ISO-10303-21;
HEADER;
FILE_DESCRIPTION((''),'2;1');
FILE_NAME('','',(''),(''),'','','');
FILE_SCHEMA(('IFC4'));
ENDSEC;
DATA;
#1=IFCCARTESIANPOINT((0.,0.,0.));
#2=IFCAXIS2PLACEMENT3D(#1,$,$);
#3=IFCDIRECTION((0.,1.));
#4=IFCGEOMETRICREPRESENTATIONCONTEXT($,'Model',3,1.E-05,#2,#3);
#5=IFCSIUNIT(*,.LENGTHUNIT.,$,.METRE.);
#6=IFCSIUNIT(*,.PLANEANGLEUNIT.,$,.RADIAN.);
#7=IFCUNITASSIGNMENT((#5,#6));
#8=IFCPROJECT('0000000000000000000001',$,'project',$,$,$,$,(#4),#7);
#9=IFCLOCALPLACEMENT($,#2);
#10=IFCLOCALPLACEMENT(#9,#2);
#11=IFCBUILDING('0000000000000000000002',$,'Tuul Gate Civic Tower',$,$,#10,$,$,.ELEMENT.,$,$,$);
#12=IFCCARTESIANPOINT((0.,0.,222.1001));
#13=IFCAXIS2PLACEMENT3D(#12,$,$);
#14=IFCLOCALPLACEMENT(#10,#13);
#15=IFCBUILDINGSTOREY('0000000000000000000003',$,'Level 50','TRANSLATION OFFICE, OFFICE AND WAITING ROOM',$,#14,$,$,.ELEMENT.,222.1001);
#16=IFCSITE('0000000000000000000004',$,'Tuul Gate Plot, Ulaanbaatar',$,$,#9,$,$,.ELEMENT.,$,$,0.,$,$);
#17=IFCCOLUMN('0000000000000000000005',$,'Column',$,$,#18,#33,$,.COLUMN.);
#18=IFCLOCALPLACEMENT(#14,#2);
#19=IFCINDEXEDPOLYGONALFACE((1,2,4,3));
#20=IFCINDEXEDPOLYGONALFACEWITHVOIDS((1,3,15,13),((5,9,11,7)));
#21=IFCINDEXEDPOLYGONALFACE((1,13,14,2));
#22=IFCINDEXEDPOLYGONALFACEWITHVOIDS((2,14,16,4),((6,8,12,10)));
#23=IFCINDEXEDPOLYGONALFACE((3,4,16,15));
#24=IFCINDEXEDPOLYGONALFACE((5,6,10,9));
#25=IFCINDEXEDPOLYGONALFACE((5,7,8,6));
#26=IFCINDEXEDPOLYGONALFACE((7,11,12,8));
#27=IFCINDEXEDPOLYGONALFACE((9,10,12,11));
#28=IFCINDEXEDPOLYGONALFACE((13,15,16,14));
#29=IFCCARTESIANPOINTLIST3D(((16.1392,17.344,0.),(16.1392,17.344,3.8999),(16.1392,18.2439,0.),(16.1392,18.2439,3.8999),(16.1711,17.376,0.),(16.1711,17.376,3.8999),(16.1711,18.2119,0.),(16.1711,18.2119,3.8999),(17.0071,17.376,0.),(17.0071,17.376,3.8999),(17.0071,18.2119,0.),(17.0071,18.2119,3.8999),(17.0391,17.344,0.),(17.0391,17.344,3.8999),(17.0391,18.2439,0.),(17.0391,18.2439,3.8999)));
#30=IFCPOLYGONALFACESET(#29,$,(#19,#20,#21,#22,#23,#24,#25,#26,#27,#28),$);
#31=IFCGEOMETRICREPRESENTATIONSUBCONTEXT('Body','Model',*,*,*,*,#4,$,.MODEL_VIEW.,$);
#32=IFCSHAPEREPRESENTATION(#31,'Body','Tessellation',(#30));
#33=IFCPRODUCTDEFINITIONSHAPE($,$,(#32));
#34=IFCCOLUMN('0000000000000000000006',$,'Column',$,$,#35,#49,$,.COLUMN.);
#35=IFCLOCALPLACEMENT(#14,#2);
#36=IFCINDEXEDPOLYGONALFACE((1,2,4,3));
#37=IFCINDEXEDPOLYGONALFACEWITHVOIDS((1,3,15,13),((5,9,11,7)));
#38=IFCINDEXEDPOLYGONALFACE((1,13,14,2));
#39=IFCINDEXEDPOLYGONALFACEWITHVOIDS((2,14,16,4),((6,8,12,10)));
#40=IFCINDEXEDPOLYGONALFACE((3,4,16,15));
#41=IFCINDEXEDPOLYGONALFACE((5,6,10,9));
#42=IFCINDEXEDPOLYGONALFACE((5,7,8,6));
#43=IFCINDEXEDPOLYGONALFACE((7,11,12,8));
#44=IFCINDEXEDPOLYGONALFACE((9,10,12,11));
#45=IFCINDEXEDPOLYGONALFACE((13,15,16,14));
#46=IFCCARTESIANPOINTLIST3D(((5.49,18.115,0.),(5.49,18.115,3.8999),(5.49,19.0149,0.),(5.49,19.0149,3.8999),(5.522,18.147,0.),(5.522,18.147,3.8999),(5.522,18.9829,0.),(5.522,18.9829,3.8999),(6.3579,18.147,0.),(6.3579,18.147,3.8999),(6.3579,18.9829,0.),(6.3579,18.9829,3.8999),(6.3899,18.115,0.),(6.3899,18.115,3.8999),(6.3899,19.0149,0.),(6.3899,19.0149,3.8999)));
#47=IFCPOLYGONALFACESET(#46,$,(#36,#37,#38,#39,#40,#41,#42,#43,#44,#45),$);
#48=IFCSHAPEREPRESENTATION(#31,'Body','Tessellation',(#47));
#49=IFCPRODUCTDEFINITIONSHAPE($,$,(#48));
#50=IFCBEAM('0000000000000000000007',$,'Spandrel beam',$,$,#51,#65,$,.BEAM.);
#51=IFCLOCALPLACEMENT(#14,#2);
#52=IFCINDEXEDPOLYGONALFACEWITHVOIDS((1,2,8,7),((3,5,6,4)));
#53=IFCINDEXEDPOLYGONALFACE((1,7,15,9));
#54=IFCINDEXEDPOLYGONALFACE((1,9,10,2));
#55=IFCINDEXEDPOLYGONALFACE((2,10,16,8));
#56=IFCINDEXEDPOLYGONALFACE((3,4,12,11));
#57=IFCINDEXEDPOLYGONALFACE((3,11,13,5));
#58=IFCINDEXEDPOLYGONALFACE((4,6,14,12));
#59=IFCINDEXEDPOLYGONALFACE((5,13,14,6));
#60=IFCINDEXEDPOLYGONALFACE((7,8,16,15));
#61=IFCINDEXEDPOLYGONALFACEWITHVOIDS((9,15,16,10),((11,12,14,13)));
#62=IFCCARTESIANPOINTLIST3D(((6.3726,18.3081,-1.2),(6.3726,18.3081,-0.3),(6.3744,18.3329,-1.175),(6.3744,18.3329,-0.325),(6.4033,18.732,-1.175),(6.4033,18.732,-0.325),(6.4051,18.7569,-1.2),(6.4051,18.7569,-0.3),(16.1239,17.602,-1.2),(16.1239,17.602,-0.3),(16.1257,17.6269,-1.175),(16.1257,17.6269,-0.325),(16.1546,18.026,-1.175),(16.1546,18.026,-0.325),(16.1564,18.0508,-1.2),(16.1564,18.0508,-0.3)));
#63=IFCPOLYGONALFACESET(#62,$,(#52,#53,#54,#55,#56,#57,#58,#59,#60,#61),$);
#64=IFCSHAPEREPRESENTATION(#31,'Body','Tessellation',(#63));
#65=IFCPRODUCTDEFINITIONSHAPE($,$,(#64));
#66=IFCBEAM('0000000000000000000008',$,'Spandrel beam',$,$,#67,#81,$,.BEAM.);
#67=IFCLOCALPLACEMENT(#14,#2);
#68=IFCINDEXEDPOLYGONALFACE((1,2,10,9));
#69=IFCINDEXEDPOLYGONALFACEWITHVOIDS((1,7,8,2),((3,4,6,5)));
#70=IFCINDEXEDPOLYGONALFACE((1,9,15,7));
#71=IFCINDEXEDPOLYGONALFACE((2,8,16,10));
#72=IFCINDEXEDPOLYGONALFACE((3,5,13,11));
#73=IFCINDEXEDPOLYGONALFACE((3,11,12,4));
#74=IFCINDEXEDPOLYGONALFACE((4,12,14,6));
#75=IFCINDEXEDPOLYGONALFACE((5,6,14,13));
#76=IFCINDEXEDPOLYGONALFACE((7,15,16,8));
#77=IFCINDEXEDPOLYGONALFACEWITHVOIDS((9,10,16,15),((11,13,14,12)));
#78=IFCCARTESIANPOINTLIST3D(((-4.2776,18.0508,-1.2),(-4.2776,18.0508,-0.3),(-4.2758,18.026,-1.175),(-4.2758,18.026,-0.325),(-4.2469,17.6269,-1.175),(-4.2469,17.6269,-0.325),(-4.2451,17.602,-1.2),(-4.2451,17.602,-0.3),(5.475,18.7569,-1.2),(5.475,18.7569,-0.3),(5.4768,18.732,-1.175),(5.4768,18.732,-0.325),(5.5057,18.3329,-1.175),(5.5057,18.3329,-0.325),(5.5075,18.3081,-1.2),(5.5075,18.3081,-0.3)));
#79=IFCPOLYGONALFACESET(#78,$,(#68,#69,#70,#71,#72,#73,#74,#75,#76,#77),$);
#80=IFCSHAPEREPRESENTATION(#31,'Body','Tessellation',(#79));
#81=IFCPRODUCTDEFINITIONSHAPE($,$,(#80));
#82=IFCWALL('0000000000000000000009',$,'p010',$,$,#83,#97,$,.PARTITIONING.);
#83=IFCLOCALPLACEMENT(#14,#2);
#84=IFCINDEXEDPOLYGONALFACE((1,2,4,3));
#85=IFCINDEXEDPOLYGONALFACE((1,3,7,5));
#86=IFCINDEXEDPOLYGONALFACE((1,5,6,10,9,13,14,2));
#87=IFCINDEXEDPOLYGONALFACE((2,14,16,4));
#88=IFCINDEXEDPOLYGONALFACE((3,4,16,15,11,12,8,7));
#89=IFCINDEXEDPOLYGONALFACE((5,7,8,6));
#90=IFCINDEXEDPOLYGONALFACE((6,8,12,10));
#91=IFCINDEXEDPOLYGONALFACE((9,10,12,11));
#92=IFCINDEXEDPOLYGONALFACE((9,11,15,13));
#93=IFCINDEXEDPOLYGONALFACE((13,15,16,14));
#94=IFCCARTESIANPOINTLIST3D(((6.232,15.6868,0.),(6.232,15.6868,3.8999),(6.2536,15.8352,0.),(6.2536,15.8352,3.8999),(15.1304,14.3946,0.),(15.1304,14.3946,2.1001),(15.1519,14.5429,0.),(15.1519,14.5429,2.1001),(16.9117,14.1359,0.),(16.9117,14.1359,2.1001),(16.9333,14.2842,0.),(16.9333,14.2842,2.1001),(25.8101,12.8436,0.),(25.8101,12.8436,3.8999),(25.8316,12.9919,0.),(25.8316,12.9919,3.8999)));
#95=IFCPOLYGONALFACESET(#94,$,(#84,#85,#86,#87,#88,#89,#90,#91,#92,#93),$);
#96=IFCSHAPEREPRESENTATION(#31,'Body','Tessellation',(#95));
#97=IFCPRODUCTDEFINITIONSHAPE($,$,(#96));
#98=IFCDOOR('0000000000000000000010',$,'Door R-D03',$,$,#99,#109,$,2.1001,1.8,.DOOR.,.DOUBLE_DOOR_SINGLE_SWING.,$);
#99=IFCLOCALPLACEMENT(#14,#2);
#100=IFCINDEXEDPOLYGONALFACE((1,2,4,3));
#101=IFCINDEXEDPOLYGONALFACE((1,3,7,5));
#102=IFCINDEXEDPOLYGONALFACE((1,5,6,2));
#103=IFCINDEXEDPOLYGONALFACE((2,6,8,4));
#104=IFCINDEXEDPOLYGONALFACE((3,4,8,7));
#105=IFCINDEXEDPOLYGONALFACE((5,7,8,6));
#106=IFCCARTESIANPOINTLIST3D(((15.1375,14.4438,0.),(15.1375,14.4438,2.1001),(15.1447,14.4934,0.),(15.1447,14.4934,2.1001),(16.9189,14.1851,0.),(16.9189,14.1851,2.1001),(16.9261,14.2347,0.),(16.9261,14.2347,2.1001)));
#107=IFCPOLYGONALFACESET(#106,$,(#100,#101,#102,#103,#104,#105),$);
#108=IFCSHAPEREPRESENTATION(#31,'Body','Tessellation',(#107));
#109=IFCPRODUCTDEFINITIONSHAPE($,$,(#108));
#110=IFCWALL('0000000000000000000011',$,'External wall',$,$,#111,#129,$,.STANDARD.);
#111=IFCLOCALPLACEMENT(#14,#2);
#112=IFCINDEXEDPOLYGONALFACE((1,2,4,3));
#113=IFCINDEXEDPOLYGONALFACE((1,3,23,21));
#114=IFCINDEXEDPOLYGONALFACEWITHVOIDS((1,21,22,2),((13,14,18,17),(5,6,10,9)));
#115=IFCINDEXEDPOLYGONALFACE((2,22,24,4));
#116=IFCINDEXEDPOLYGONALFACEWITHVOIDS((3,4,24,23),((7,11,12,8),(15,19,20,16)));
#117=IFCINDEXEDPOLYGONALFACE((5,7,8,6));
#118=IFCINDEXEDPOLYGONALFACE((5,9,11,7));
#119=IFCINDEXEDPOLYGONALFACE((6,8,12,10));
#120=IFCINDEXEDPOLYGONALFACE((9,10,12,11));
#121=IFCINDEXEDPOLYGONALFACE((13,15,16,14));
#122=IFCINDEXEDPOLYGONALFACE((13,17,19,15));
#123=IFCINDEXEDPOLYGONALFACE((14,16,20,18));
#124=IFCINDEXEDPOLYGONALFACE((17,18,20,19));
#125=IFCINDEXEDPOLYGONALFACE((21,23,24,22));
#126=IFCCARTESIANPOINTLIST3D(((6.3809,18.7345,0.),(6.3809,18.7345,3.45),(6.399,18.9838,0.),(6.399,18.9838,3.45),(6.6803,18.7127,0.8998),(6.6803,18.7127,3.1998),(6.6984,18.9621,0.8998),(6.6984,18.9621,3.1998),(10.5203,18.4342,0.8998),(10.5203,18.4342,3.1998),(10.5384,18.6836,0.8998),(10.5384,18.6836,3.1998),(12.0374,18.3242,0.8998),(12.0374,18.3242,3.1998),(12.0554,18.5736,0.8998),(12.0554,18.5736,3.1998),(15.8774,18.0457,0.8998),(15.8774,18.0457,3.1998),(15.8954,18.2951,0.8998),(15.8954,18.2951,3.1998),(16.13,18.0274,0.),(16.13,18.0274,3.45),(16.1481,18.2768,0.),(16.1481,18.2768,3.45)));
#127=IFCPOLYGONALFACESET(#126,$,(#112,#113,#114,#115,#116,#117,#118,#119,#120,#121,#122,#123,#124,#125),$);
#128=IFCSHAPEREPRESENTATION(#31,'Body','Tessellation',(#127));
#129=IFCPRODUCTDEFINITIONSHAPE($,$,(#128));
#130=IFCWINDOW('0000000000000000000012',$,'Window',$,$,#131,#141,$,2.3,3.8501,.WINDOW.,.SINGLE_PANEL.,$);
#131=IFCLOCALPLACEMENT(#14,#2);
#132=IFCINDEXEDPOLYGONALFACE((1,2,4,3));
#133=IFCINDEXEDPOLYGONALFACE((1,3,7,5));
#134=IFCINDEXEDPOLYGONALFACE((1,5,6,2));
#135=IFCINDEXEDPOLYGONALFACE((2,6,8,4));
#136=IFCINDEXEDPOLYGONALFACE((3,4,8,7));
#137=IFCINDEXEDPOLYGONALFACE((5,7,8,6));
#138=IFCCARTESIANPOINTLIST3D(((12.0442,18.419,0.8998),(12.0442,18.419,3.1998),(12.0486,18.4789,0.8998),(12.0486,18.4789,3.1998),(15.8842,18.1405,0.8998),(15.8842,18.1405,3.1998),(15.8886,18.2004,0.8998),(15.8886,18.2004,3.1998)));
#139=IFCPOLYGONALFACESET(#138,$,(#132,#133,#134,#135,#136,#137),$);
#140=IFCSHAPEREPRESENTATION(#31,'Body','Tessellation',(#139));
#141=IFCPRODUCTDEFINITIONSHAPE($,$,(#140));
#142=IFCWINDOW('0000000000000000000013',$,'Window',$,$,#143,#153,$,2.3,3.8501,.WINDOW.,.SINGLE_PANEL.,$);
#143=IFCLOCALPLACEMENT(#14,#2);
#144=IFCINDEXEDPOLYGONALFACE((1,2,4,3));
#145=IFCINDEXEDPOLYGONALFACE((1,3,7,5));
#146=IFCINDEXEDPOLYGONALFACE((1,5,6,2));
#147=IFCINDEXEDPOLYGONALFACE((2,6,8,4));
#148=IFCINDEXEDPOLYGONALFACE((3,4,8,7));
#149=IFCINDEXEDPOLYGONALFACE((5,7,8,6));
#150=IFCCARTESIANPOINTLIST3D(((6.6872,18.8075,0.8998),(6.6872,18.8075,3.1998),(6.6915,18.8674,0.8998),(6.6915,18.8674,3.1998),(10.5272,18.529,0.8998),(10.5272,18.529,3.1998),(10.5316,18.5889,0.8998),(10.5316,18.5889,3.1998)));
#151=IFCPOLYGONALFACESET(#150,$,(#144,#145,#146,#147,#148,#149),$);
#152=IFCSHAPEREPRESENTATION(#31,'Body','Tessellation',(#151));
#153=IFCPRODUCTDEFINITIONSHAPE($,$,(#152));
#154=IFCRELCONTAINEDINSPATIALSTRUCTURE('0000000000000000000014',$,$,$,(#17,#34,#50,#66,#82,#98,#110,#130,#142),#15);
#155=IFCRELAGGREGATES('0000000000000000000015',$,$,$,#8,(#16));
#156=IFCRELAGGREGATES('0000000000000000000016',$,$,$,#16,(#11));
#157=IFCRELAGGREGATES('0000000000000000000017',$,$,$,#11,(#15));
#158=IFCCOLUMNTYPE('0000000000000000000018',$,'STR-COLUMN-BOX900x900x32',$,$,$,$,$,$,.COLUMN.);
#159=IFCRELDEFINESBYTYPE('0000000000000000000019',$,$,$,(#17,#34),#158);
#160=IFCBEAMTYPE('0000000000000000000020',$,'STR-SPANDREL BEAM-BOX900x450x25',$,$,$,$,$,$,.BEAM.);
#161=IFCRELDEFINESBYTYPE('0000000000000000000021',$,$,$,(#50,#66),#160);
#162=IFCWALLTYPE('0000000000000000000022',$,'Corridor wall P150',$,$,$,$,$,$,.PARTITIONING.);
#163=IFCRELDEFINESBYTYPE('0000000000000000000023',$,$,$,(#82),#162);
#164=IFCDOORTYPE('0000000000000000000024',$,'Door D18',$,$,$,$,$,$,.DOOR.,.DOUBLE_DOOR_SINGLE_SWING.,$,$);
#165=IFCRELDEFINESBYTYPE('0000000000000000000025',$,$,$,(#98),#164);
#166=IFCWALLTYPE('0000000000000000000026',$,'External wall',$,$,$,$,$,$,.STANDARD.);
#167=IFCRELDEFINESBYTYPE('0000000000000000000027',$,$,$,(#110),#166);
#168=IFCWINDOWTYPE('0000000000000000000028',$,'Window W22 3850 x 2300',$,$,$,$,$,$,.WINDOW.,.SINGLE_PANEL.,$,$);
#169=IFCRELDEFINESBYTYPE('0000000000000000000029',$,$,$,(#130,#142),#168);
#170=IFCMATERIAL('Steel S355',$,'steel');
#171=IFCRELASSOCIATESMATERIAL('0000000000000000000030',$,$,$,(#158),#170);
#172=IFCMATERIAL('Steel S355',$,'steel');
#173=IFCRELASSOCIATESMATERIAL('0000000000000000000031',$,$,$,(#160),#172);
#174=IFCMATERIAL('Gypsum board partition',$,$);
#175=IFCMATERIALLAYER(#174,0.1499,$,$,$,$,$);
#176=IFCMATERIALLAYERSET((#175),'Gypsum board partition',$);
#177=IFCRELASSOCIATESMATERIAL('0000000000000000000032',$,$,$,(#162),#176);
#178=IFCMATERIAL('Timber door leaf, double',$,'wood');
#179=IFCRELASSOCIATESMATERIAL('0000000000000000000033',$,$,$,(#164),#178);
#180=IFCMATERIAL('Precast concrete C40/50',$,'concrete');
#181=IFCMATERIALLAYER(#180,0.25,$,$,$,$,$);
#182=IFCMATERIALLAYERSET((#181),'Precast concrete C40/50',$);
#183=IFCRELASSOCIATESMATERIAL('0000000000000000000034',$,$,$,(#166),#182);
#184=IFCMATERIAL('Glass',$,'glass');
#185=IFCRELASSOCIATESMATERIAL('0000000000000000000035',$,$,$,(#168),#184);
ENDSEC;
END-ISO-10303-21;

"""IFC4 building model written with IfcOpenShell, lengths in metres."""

from ifc_helpers import new_model, si_unit, direction, frame, frame_2d, origin, origin_2d, place, context, subcontext, project, spatial, rectangle, hollow_rectangle, extrude, material, layer, layer_set, material_profile, profile_set, type_object, element, fill, save


model = new_model("IFC4")

# Units and contexts
model_context = context("Model", 3, precision=1e-05, world=origin(), true_north=direction((0.0, 1.0)))
body_context = subcontext(model_context, "Body", "Model", "MODEL_VIEW")
ifc_project = project(units=[si_unit("LENGTHUNIT", "METRE"), si_unit("PLANEANGLEUNIT", "RADIAN")], contexts=[model_context])

# Site, building, storey
site_placement = place(None, origin())
site = spatial("IfcSite", under=ifc_project, at=site_placement, Name="Tuul Gate Plot, Ulaanbaatar", CompositionType="ELEMENT", RefElevation=0.0)
building_placement = place(site_placement, origin())
building = spatial("IfcBuilding", under=site, at=building_placement, Name="Tuul Gate Civic Tower", CompositionType="ELEMENT")
storey_placement = place(building_placement, frame((0.0, 0.0, 222.1001)))
storey = spatial("IfcBuildingStorey", under=building, at=storey_placement, Name="Level 50", Description="TRANSLATION OFFICE, OFFICE AND WAITING ROOM", CompositionType="ELEMENT", Elevation=222.1001)

# Columns
ifc_material_1 = material(Name="Steel S355", Category="steel")
ifc_material_profile_1 = material_profile(ifc_material_1, hollow_rectangle(XDim=0.8999, YDim=0.8999, WallThickness=0.032, at=origin_2d()), Name="BOX900x900x32")
ifc_profile_set_1 = profile_set([ifc_material_profile_1], Name="Steel S355")
column_type = type_object("IfcColumnType", Name="STR-COLUMN-BOX900x900x32", PredefinedType="COLUMN", material=ifc_profile_set_1)
for number, where, z_axis, x_axis, name in (
    (1, (16.5891, 17.7939, 0.0), (0.0, 0.0, 1.0), (1.0, 0.0, 0.0), "Column"),
    (2, (5.9399, 18.5649, 0.0), (0.0, 0.0, 1.0), (1.0, 0.0, 0.0), "Column"),
):
    element("IfcColumn", number, at=place(storey_placement, frame(where, z_axis=z_axis, x_axis=x_axis)), inside=storey, type_object=column_type, Name=name, PredefinedType="COLUMN", context=body_context, shape_type="SweptSolid", body=[
        extrude(hollow_rectangle(XDim=0.8999, YDim=0.8999, WallThickness=0.032, at=origin_2d()), origin(), (0.0, 0.0, 1.0), 3.8999),
    ])

# Beams
ifc_material_2 = material(Name="Steel S355", Category="steel")
ifc_material_profile_2 = material_profile(ifc_material_2, hollow_rectangle(XDim=0.45, YDim=0.8999, WallThickness=0.0249, at=origin_2d()), Name="BOX900x450x25")
ifc_profile_set_2 = profile_set([ifc_material_profile_2], Name="Steel S355")
beam_type = type_object("IfcBeamType", Name="STR-SPANDREL BEAM-BOX900x450x25", PredefinedType="BEAM", material=ifc_profile_set_2)
beam_1_placement = place(storey_placement, frame((16.1401, 17.8264, -0.75), z_axis=(-0.997389, 0.072218, 0.0), x_axis=(-0.072218, -0.997389, 0.0)))
element("IfcBeam", 3, at=beam_1_placement, inside=storey, type_object=beam_type, Name="Spandrel beam", PredefinedType="BEAM", context=body_context, shape_type="SweptSolid", body=[
    extrude(hollow_rectangle(XDim=0.45, YDim=0.8999, WallThickness=0.0249, at=origin_2d()), origin(), (0.0, 0.0, 1.0), 9.7769),
])
beam_2_placement = place(storey_placement, frame((5.4912, 18.5325, -0.75), z_axis=(-0.99739, -0.072209, 0.0), x_axis=(0.072209, -0.99739, 0.0)))
element("IfcBeam", 4, at=beam_2_placement, inside=storey, type_object=beam_type, Name="Spandrel beam", PredefinedType="BEAM", context=body_context, shape_type="SweptSolid", body=[
    extrude(hollow_rectangle(XDim=0.45, YDim=0.8999, WallThickness=0.0249, at=origin_2d()), origin(), (0.0, 0.0, 1.0), 9.7781),
])

# Wall, opening, door
ifc_material_3 = material(Name="Gypsum board partition")
ifc_layer_1 = layer(ifc_material_3, 0.1499)
ifc_layer_set_1 = layer_set([ifc_layer_1], Name="Gypsum board partition")
wall_type_1 = type_object("IfcWallType", Name="Corridor wall P150", PredefinedType="PARTITIONING", material=ifc_layer_set_1)
wall_1_placement = place(storey_placement, frame((6.2429, 15.761, 0.0), z_axis=(0.0, 0.0, 1.0), x_axis=(0.989619, -0.143719, 0.0)))
wall_1 = element("IfcWall", 5, at=wall_1_placement, inside=storey, type_object=wall_type_1, Name="p010", PredefinedType="PARTITIONING", context=body_context, shape_type="SweptSolid", body=[
    extrude(rectangle(XDim=19.7834, YDim=0.1499, at=frame_2d((9.8916, 0.0))), origin(), (0.0, 0.0, 1.0), 3.8999),
])
opening_1_placement = place(wall_1_placement, frame((8.9917, 0.0, 0.0)))
opening_1 = element("IfcOpeningElement", 6, at=opening_1_placement, cuts=wall_1, PredefinedType="OPENING", context=body_context, shape_type="SweptSolid", body=[
    extrude(rectangle(XDim=1.8, YDim=2.1001, at=frame_2d((0.8999, 1.05))), frame((0.0, 0.085, 0.0), z_axis=(0.0, -1.0, 0.0), x_axis=(1.0, 0.0, 0.0)), (0.0, 0.0, 1.0), 0.1699),
])
ifc_material_4 = material(Name="Timber door leaf, double", Category="wood")
door_type = type_object("IfcDoorType", Name="Door D18", OperationType="DOUBLE_DOOR_SINGLE_SWING", PredefinedType="DOOR", material=ifc_material_4)
door_placement = place(opening_1_placement, origin())
door = element("IfcDoor", 7, at=door_placement, inside=storey, type_object=door_type, Name="Door R-D03", OperationType="DOUBLE_DOOR_SINGLE_SWING", OverallHeight=2.1001, OverallWidth=1.8, PredefinedType="DOOR", context=body_context, shape_type="SweptSolid", body=[
    extrude(rectangle(XDim=1.8, YDim=2.1001, at=frame_2d((0.8999, 1.05))), frame((0.0, 0.0249, 0.0), z_axis=(0.0, -1.0, 0.0), x_axis=(1.0, 0.0, 0.0)), (0.0, 0.0, 1.0), 0.05),
])
fill(opening_1, door)

# Wall, openings, windows
ifc_material_5 = material(Name="Precast concrete C40/50", Category="concrete")
ifc_layer_2 = layer(ifc_material_5, 0.25)
ifc_layer_set_2 = layer_set([ifc_layer_2], Name="Precast concrete C40/50")
wall_type_2 = type_object("IfcWallType", Name="External wall", PredefinedType="STANDARD", material=ifc_layer_set_2)
wall_2_placement = place(storey_placement, frame((16.1389, 18.1521, 0.0), z_axis=(0.0, 0.0, 1.0), x_axis=(-0.997381, 0.072333, 0.0)))
wall_2 = element("IfcWall", 8, at=wall_2_placement, inside=storey, type_object=wall_type_2, Name="External wall", PredefinedType="STANDARD", context=body_context, shape_type="SweptSolid", body=[
    extrude(rectangle(XDim=9.7747, YDim=0.25, at=frame_2d((4.8872, 0.0))), origin(), (0.0, 0.0, 1.0), 3.45),
])
opening_2_placement = place(wall_2_placement, frame((0.2532, 0.0, 0.8999)))
opening_2 = element("IfcOpeningElement", 9, at=opening_2_placement, cuts=wall_2, PredefinedType="OPENING", context=body_context, shape_type="SweptSolid", body=[
    extrude(rectangle(XDim=3.8501, YDim=2.3, at=frame_2d((1.925, 1.1499))), frame((0.0, 0.135, 0.0), z_axis=(0.0, -1.0, 0.0), x_axis=(1.0, 0.0, 0.0)), (0.0, 0.0, 1.0), 0.27),
])
opening_3_placement = place(wall_2_placement, frame((5.6243, 0.0, 0.8999)))
opening_3 = element("IfcOpeningElement", 10, at=opening_3_placement, cuts=wall_2, PredefinedType="OPENING", context=body_context, shape_type="SweptSolid", body=[
    extrude(rectangle(XDim=3.8501, YDim=2.3, at=frame_2d((1.925, 1.1499))), frame((0.0, 0.135, 0.0), z_axis=(0.0, -1.0, 0.0), x_axis=(1.0, 0.0, 0.0)), (0.0, 0.0, 1.0), 0.27),
])
ifc_material_6 = material(Name="Glass", Category="glass")
window_type = type_object("IfcWindowType", Name="Window W22 3850 x 2300", PartitioningType="SINGLE_PANEL", PredefinedType="WINDOW", material=ifc_material_6)
window_1_placement = place(opening_2_placement, origin())
window_1 = element("IfcWindow", 11, at=window_1_placement, inside=storey, type_object=window_type, Name="Window", OverallHeight=2.3, OverallWidth=3.8501, PartitioningType="SINGLE_PANEL", PredefinedType="WINDOW", context=body_context, shape_type="SweptSolid", body=[
    extrude(rectangle(XDim=3.8501, YDim=2.3, at=frame_2d((1.925, 1.1499))), frame((0.0, 0.03, 0.0), z_axis=(0.0, -1.0, 0.0), x_axis=(1.0, 0.0, 0.0)), (0.0, 0.0, 1.0), 0.0601),
])
fill(opening_2, window_1)
window_2_placement = place(opening_3_placement, origin())
window_2 = element("IfcWindow", 12, at=window_2_placement, inside=storey, type_object=window_type, Name="Window", OverallHeight=2.3, OverallWidth=3.8501, PartitioningType="SINGLE_PANEL", PredefinedType="WINDOW", context=body_context, shape_type="SweptSolid", body=[
    extrude(rectangle(XDim=3.8501, YDim=2.3, at=frame_2d((1.925, 1.1499))), frame((0.0, 0.03, 0.0), z_axis=(0.0, -1.0, 0.0), x_axis=(1.0, 0.0, 0.0)), (0.0, 0.0, 1.0), 0.0601),
])
fill(opening_3, window_2)

save(model, "model.ifc")
